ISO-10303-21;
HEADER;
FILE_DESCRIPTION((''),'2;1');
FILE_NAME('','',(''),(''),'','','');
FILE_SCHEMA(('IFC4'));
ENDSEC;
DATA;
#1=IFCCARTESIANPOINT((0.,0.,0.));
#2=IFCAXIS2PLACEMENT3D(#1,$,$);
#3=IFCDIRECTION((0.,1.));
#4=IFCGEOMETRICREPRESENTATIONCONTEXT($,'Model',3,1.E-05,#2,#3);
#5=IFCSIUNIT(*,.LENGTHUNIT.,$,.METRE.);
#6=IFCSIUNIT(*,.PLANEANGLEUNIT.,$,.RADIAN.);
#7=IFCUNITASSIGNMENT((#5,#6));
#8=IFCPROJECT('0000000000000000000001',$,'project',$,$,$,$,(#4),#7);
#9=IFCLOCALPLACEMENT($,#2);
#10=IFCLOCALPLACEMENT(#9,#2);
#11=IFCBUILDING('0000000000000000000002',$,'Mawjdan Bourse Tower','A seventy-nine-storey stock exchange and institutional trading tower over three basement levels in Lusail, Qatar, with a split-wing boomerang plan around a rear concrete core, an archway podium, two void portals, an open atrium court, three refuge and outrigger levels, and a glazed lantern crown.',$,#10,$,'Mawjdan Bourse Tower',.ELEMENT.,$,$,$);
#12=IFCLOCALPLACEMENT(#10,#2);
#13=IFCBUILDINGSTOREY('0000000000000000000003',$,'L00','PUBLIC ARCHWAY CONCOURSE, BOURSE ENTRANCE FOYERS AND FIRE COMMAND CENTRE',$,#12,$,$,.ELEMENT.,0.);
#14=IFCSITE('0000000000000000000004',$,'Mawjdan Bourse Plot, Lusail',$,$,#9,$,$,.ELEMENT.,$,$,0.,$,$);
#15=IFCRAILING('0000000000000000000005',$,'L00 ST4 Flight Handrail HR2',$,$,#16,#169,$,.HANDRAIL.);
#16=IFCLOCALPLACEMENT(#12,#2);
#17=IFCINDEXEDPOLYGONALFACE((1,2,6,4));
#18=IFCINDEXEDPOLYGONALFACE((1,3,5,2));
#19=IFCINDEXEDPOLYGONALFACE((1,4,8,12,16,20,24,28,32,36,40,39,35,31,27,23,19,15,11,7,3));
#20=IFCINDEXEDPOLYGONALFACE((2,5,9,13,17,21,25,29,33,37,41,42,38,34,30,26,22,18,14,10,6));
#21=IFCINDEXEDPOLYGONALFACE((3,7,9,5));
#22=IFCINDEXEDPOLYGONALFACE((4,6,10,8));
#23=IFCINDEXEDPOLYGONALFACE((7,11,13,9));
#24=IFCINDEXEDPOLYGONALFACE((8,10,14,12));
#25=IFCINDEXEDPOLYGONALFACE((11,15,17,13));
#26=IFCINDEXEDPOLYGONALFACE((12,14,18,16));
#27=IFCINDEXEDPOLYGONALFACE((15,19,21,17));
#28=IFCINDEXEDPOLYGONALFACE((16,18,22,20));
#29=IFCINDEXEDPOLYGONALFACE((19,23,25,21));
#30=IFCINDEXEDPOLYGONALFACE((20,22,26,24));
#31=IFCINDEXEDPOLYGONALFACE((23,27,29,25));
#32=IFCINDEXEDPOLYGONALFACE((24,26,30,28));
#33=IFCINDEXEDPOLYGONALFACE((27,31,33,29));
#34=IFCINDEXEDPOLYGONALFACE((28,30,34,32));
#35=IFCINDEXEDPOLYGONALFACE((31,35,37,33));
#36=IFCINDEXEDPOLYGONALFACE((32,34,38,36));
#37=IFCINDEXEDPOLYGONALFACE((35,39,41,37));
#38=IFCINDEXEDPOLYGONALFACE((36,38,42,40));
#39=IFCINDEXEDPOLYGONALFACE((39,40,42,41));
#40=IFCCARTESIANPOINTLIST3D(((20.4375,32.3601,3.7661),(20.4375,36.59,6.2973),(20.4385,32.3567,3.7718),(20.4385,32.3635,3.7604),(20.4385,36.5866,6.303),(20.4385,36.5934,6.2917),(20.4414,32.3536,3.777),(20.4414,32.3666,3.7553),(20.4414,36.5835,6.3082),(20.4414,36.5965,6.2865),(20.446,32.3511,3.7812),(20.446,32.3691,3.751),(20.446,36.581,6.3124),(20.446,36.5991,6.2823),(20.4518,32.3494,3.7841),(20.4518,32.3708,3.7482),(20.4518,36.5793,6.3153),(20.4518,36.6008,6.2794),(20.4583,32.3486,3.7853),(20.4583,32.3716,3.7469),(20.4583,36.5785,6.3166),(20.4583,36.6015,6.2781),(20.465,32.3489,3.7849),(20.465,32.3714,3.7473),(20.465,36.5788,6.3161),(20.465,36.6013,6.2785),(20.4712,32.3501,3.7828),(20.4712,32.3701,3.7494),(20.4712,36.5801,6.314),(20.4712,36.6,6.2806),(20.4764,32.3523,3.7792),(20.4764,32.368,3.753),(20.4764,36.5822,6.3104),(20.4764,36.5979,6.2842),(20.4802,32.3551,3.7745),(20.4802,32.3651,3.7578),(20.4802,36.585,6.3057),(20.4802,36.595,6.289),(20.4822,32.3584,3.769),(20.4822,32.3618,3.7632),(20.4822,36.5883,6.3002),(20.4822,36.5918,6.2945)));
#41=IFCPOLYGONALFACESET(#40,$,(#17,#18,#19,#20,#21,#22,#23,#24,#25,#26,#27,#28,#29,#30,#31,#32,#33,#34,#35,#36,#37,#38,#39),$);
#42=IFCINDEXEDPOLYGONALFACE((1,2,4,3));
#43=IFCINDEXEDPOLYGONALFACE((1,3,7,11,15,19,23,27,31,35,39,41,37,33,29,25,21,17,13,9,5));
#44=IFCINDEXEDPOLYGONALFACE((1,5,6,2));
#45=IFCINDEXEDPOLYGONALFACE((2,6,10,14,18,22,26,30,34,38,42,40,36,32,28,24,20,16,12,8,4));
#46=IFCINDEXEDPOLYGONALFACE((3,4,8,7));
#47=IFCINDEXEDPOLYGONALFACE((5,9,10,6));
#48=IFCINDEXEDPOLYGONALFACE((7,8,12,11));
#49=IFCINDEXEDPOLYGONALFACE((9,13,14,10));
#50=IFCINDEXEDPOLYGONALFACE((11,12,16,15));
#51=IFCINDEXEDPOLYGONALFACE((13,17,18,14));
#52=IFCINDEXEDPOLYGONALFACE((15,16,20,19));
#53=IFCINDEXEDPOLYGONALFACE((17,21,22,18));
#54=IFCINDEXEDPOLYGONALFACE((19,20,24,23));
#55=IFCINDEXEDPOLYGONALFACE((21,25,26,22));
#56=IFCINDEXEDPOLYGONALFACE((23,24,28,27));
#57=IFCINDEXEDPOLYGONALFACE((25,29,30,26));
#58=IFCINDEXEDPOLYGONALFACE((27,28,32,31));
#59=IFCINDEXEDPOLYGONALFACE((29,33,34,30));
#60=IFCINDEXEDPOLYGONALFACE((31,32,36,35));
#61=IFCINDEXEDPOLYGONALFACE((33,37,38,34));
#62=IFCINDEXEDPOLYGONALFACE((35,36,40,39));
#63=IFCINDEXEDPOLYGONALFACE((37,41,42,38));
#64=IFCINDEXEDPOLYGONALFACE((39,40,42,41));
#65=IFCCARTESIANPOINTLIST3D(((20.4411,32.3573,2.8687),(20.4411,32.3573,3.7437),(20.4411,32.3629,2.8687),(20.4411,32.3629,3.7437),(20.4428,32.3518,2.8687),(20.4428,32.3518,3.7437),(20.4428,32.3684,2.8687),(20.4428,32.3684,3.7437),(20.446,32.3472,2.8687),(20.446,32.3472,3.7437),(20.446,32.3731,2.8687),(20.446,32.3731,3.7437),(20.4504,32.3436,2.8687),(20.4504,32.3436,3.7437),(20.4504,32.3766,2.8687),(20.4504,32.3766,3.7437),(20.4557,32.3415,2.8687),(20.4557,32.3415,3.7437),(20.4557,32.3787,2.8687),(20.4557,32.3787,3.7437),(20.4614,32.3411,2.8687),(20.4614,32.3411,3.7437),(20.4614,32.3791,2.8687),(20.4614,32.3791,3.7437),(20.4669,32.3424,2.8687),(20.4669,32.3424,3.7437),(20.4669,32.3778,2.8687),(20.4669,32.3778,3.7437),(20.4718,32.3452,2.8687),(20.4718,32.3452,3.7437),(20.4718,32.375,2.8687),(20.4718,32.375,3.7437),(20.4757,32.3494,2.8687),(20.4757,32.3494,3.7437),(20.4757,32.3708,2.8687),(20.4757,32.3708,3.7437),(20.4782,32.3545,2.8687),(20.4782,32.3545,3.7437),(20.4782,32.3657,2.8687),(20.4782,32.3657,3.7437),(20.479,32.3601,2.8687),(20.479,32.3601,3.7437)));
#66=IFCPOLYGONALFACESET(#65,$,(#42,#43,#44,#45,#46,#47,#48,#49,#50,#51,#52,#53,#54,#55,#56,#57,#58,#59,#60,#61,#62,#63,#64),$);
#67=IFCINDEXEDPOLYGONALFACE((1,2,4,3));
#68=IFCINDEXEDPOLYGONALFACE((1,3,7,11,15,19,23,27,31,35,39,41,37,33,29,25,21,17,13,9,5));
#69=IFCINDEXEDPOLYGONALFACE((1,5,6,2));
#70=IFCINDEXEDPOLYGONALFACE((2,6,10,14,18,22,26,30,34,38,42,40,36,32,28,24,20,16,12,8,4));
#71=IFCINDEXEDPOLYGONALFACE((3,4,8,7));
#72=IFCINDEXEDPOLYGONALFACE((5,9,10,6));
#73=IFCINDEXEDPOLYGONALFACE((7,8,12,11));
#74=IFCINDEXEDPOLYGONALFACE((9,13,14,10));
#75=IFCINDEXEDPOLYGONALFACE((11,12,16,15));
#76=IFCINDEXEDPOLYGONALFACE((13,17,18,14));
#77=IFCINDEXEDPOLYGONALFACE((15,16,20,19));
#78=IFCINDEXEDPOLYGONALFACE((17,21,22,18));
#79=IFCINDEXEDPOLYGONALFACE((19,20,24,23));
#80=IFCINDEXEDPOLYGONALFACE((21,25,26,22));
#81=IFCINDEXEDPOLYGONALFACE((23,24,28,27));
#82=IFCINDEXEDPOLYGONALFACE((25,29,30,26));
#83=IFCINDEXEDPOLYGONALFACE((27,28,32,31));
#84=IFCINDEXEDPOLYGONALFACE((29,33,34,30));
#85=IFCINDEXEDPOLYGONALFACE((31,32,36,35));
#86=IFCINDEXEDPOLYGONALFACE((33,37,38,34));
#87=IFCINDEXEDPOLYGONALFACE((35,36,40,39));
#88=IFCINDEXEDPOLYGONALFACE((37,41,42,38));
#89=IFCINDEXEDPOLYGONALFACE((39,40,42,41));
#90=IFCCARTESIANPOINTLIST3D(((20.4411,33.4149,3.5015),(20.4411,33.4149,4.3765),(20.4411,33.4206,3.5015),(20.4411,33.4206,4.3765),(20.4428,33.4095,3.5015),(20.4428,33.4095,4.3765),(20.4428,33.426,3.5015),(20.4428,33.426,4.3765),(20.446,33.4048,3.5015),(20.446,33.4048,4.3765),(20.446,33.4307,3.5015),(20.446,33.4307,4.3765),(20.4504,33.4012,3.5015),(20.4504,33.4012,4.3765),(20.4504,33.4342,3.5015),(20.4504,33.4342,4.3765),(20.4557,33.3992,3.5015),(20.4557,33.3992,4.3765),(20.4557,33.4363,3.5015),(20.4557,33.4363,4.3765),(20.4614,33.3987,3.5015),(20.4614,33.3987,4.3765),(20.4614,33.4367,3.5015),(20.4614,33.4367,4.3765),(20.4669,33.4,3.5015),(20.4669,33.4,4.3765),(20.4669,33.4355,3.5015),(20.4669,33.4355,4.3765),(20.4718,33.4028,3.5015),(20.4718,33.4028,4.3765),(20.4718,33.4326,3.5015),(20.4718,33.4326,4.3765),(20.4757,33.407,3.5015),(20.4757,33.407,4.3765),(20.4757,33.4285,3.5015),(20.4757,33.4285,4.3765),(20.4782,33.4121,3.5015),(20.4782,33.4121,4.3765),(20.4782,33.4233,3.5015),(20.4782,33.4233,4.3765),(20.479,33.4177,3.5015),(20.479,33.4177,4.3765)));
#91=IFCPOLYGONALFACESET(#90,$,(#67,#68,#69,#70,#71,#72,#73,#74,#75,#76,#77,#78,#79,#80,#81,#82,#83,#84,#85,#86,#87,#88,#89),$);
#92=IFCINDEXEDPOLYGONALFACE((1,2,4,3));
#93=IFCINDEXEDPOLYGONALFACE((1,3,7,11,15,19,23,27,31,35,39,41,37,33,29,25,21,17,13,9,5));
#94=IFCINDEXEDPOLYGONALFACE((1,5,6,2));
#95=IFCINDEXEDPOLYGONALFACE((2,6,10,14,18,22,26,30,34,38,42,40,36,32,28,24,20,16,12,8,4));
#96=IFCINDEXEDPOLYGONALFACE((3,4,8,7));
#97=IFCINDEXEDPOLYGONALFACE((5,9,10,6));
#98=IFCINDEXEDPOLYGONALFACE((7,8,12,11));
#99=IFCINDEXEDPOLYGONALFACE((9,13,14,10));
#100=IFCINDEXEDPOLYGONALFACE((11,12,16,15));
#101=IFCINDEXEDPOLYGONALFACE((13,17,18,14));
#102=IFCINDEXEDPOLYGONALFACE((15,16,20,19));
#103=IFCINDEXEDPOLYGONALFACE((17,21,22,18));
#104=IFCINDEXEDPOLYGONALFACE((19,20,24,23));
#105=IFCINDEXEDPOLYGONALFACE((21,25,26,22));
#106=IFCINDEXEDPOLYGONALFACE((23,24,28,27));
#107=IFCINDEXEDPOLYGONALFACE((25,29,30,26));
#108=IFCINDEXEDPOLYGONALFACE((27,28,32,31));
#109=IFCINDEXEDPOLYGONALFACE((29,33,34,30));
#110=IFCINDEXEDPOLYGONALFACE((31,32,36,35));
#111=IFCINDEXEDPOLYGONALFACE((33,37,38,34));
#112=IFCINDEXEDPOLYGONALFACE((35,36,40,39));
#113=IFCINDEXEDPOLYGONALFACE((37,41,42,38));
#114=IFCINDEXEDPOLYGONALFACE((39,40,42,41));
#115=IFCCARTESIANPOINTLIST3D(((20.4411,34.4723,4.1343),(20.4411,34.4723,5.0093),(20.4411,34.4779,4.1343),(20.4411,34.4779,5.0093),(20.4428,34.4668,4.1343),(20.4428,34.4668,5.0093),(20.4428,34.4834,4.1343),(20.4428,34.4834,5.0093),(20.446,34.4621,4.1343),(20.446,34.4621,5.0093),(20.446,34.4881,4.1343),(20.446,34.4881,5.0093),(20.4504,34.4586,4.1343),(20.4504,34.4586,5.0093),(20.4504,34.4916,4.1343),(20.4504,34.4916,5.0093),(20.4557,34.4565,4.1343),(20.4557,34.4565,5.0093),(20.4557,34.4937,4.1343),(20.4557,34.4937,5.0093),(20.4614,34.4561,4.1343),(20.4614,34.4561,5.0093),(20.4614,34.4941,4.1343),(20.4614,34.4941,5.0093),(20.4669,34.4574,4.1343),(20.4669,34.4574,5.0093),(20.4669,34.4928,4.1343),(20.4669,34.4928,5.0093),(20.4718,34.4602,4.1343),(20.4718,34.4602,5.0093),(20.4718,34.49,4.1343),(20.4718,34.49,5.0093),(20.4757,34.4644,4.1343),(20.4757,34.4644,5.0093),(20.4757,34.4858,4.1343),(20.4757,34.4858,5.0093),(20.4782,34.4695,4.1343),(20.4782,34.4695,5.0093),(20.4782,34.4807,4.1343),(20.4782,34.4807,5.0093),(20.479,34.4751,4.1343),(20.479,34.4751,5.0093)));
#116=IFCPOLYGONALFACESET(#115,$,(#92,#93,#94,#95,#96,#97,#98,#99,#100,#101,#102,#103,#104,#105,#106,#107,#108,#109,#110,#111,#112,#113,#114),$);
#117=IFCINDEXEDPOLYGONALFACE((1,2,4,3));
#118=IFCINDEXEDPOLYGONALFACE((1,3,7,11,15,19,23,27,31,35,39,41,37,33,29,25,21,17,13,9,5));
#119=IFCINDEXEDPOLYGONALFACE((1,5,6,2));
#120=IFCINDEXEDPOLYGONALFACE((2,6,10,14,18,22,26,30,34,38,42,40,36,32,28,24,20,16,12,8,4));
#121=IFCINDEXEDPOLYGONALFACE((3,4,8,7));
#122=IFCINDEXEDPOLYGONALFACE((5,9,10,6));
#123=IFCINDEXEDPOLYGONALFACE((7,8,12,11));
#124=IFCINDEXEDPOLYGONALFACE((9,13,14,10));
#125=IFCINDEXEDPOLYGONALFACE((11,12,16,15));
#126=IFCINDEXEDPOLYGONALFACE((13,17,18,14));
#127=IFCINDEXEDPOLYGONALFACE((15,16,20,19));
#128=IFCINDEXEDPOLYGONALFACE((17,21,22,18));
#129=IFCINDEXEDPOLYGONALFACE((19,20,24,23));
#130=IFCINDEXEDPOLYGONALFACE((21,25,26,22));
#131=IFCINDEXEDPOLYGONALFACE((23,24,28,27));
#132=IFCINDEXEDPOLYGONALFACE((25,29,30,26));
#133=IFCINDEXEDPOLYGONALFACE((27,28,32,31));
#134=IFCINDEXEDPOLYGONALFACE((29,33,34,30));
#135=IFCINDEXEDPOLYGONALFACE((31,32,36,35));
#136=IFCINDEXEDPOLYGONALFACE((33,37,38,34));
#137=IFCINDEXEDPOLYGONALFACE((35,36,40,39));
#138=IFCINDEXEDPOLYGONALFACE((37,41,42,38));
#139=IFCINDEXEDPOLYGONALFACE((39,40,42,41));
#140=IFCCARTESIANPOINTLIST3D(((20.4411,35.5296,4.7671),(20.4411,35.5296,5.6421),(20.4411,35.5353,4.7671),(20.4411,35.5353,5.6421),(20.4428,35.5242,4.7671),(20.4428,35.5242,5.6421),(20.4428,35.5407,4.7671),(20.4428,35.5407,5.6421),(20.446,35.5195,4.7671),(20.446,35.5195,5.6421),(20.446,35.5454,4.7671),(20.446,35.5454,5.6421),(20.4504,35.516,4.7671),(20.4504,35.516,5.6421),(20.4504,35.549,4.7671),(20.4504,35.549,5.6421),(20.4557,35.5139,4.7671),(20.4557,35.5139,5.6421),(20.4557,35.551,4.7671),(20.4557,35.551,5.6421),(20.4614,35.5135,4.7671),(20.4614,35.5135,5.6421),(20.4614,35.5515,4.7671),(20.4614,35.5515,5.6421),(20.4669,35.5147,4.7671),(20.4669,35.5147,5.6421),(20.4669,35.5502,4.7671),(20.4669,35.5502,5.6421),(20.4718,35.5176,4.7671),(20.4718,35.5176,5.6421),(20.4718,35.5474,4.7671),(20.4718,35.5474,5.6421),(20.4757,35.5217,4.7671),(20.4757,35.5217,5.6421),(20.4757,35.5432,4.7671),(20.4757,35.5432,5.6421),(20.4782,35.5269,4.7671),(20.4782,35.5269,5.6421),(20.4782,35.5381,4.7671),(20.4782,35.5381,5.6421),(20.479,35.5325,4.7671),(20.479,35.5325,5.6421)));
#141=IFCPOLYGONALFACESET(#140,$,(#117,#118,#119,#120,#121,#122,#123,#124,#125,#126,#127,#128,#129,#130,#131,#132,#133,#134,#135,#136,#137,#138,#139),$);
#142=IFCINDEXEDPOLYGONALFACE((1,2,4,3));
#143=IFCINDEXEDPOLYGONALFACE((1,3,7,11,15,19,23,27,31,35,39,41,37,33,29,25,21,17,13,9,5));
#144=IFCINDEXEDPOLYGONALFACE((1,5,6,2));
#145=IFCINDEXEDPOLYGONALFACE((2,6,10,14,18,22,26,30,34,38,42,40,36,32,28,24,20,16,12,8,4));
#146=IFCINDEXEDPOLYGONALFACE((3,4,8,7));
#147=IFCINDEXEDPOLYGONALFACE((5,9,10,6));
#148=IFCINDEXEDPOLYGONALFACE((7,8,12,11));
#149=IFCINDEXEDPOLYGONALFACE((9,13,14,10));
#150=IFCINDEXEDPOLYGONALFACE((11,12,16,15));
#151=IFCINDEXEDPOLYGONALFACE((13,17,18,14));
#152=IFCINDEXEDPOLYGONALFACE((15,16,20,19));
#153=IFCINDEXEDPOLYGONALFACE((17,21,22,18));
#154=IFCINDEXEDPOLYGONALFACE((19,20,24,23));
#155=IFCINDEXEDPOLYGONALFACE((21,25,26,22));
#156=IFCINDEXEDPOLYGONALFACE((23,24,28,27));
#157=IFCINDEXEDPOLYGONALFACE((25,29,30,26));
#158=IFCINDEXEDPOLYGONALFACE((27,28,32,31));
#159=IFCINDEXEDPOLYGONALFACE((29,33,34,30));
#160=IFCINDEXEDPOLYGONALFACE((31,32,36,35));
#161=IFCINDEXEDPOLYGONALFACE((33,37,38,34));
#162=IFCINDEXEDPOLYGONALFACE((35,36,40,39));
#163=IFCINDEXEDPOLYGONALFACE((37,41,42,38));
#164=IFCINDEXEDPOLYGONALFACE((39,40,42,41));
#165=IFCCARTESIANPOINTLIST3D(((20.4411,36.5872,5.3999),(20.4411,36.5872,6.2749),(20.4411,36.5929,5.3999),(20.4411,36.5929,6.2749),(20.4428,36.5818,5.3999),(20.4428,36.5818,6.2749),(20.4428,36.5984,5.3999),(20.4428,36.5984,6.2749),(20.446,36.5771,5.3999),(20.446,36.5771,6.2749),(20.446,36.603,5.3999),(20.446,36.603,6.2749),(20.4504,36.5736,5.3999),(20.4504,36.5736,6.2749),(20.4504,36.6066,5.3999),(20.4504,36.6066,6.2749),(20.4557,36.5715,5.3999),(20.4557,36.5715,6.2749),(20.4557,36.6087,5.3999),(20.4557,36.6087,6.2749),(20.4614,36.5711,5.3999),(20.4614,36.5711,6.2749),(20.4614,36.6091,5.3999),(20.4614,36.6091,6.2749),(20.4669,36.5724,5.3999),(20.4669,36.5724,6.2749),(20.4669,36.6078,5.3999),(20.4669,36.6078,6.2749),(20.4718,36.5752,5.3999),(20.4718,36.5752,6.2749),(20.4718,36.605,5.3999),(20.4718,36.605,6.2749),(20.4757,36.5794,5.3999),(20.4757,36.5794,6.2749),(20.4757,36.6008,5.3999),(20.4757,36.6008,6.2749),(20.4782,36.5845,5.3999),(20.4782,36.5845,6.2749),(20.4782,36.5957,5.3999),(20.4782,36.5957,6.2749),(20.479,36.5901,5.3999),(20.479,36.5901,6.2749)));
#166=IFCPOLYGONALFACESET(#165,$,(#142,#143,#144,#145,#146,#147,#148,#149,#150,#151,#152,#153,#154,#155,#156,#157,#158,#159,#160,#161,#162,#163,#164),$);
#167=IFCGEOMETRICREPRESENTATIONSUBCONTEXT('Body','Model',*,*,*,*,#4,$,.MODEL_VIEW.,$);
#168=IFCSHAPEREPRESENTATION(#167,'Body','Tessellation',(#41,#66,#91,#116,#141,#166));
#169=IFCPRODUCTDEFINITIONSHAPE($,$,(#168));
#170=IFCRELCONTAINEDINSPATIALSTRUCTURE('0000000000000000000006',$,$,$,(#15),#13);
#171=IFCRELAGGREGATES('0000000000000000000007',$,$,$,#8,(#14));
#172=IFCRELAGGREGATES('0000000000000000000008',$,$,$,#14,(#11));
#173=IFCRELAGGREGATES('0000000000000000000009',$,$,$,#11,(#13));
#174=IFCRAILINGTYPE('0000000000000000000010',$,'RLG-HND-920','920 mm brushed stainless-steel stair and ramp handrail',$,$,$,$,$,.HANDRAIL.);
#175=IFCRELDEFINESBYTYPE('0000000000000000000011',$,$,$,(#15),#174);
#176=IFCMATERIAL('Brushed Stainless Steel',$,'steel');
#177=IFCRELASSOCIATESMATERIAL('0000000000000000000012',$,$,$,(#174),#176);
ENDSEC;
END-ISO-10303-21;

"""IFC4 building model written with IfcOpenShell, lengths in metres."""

from ifc_helpers import new_model, si_unit, direction, frame, origin, origin_2d, place, context, subcontext, project, spatial, circle, extrude, material, type_object, element, save


model = new_model("IFC4")

# Units and contexts
model_context = context("Model", 3, precision=1e-05, world=origin(), true_north=direction((0.0, 1.0)))
body_context = subcontext(model_context, "Body", "Model", "MODEL_VIEW")
ifc_project = project(units=[si_unit("LENGTHUNIT", "METRE"), si_unit("PLANEANGLEUNIT", "RADIAN")], contexts=[model_context])

# Site, building, storey
site_placement = place(None, origin())
site = spatial("IfcSite", under=ifc_project, at=site_placement, Name="Mawjdan Bourse Plot, Lusail", CompositionType="ELEMENT", RefElevation=0.0)
building_placement = place(site_placement, origin())
building = spatial("IfcBuilding", under=site, at=building_placement, Name="Mawjdan Bourse Tower", Description="A seventy-nine-storey stock exchange and institutional trading tower over three basement levels in Lusail, Qatar, with a split-wing boomerang plan around a rear concrete core, an archway podium, two void portals, an open atrium court, three refuge and outrigger levels, and a glazed lantern crown.", LongName="Mawjdan Bourse Tower", CompositionType="ELEMENT")
storey_placement = place(building_placement, origin())
storey = spatial("IfcBuildingStorey", under=building, at=storey_placement, Name="L00", Description="PUBLIC ARCHWAY CONCOURSE, BOURSE ENTRANCE FOYERS AND FIRE COMMAND CENTRE", CompositionType="ELEMENT", Elevation=0.0)

# Railing
ifc_material_1 = material(Name="Brushed Stainless Steel", Category="steel")
railing_type_1 = type_object("IfcRailingType", Name="RLG-HND-920", Description="920 mm brushed stainless-steel stair and ramp handrail", PredefinedType="HANDRAIL", material=ifc_material_1)
railing_1_placement = place(storey_placement, frame((20.46, 32.3601, 2.8687)))
element("IfcRailing", 1, at=railing_1_placement, inside=storey, type_object=railing_type_1, Name="L00 ST4 Flight Handrail HR2", PredefinedType="HANDRAIL", context=body_context, shape_type="SweptSolid", body=[
    extrude(circle(Radius=0.0225, at=origin_2d()), frame((0.0, 0.0, 0.8975), z_axis=(0.0, 0.858095, 0.51349), x_axis=(-1.0, 0.0, 0.0)), (0.0, 0.0, 1.0), 4.9294),
    extrude(circle(Radius=0.019, at=origin_2d()), origin(), (0.0, 0.0, 1.0), 0.875),
    extrude(circle(Radius=0.019, at=origin_2d()), frame((0.0, 1.0576, 0.6328)), (0.0, 0.0, 1.0), 0.875),
    extrude(circle(Radius=0.019, at=origin_2d()), frame((0.0, 2.115, 1.2656)), (0.0, 0.0, 1.0), 0.875),
    extrude(circle(Radius=0.019, at=origin_2d()), frame((0.0, 3.1724, 1.8984)), (0.0, 0.0, 1.0), 0.875),
    extrude(circle(Radius=0.019, at=origin_2d()), frame((0.0, 4.23, 2.5312)), (0.0, 0.0, 1.0), 0.875),
])

save(model, "model.ifc")
